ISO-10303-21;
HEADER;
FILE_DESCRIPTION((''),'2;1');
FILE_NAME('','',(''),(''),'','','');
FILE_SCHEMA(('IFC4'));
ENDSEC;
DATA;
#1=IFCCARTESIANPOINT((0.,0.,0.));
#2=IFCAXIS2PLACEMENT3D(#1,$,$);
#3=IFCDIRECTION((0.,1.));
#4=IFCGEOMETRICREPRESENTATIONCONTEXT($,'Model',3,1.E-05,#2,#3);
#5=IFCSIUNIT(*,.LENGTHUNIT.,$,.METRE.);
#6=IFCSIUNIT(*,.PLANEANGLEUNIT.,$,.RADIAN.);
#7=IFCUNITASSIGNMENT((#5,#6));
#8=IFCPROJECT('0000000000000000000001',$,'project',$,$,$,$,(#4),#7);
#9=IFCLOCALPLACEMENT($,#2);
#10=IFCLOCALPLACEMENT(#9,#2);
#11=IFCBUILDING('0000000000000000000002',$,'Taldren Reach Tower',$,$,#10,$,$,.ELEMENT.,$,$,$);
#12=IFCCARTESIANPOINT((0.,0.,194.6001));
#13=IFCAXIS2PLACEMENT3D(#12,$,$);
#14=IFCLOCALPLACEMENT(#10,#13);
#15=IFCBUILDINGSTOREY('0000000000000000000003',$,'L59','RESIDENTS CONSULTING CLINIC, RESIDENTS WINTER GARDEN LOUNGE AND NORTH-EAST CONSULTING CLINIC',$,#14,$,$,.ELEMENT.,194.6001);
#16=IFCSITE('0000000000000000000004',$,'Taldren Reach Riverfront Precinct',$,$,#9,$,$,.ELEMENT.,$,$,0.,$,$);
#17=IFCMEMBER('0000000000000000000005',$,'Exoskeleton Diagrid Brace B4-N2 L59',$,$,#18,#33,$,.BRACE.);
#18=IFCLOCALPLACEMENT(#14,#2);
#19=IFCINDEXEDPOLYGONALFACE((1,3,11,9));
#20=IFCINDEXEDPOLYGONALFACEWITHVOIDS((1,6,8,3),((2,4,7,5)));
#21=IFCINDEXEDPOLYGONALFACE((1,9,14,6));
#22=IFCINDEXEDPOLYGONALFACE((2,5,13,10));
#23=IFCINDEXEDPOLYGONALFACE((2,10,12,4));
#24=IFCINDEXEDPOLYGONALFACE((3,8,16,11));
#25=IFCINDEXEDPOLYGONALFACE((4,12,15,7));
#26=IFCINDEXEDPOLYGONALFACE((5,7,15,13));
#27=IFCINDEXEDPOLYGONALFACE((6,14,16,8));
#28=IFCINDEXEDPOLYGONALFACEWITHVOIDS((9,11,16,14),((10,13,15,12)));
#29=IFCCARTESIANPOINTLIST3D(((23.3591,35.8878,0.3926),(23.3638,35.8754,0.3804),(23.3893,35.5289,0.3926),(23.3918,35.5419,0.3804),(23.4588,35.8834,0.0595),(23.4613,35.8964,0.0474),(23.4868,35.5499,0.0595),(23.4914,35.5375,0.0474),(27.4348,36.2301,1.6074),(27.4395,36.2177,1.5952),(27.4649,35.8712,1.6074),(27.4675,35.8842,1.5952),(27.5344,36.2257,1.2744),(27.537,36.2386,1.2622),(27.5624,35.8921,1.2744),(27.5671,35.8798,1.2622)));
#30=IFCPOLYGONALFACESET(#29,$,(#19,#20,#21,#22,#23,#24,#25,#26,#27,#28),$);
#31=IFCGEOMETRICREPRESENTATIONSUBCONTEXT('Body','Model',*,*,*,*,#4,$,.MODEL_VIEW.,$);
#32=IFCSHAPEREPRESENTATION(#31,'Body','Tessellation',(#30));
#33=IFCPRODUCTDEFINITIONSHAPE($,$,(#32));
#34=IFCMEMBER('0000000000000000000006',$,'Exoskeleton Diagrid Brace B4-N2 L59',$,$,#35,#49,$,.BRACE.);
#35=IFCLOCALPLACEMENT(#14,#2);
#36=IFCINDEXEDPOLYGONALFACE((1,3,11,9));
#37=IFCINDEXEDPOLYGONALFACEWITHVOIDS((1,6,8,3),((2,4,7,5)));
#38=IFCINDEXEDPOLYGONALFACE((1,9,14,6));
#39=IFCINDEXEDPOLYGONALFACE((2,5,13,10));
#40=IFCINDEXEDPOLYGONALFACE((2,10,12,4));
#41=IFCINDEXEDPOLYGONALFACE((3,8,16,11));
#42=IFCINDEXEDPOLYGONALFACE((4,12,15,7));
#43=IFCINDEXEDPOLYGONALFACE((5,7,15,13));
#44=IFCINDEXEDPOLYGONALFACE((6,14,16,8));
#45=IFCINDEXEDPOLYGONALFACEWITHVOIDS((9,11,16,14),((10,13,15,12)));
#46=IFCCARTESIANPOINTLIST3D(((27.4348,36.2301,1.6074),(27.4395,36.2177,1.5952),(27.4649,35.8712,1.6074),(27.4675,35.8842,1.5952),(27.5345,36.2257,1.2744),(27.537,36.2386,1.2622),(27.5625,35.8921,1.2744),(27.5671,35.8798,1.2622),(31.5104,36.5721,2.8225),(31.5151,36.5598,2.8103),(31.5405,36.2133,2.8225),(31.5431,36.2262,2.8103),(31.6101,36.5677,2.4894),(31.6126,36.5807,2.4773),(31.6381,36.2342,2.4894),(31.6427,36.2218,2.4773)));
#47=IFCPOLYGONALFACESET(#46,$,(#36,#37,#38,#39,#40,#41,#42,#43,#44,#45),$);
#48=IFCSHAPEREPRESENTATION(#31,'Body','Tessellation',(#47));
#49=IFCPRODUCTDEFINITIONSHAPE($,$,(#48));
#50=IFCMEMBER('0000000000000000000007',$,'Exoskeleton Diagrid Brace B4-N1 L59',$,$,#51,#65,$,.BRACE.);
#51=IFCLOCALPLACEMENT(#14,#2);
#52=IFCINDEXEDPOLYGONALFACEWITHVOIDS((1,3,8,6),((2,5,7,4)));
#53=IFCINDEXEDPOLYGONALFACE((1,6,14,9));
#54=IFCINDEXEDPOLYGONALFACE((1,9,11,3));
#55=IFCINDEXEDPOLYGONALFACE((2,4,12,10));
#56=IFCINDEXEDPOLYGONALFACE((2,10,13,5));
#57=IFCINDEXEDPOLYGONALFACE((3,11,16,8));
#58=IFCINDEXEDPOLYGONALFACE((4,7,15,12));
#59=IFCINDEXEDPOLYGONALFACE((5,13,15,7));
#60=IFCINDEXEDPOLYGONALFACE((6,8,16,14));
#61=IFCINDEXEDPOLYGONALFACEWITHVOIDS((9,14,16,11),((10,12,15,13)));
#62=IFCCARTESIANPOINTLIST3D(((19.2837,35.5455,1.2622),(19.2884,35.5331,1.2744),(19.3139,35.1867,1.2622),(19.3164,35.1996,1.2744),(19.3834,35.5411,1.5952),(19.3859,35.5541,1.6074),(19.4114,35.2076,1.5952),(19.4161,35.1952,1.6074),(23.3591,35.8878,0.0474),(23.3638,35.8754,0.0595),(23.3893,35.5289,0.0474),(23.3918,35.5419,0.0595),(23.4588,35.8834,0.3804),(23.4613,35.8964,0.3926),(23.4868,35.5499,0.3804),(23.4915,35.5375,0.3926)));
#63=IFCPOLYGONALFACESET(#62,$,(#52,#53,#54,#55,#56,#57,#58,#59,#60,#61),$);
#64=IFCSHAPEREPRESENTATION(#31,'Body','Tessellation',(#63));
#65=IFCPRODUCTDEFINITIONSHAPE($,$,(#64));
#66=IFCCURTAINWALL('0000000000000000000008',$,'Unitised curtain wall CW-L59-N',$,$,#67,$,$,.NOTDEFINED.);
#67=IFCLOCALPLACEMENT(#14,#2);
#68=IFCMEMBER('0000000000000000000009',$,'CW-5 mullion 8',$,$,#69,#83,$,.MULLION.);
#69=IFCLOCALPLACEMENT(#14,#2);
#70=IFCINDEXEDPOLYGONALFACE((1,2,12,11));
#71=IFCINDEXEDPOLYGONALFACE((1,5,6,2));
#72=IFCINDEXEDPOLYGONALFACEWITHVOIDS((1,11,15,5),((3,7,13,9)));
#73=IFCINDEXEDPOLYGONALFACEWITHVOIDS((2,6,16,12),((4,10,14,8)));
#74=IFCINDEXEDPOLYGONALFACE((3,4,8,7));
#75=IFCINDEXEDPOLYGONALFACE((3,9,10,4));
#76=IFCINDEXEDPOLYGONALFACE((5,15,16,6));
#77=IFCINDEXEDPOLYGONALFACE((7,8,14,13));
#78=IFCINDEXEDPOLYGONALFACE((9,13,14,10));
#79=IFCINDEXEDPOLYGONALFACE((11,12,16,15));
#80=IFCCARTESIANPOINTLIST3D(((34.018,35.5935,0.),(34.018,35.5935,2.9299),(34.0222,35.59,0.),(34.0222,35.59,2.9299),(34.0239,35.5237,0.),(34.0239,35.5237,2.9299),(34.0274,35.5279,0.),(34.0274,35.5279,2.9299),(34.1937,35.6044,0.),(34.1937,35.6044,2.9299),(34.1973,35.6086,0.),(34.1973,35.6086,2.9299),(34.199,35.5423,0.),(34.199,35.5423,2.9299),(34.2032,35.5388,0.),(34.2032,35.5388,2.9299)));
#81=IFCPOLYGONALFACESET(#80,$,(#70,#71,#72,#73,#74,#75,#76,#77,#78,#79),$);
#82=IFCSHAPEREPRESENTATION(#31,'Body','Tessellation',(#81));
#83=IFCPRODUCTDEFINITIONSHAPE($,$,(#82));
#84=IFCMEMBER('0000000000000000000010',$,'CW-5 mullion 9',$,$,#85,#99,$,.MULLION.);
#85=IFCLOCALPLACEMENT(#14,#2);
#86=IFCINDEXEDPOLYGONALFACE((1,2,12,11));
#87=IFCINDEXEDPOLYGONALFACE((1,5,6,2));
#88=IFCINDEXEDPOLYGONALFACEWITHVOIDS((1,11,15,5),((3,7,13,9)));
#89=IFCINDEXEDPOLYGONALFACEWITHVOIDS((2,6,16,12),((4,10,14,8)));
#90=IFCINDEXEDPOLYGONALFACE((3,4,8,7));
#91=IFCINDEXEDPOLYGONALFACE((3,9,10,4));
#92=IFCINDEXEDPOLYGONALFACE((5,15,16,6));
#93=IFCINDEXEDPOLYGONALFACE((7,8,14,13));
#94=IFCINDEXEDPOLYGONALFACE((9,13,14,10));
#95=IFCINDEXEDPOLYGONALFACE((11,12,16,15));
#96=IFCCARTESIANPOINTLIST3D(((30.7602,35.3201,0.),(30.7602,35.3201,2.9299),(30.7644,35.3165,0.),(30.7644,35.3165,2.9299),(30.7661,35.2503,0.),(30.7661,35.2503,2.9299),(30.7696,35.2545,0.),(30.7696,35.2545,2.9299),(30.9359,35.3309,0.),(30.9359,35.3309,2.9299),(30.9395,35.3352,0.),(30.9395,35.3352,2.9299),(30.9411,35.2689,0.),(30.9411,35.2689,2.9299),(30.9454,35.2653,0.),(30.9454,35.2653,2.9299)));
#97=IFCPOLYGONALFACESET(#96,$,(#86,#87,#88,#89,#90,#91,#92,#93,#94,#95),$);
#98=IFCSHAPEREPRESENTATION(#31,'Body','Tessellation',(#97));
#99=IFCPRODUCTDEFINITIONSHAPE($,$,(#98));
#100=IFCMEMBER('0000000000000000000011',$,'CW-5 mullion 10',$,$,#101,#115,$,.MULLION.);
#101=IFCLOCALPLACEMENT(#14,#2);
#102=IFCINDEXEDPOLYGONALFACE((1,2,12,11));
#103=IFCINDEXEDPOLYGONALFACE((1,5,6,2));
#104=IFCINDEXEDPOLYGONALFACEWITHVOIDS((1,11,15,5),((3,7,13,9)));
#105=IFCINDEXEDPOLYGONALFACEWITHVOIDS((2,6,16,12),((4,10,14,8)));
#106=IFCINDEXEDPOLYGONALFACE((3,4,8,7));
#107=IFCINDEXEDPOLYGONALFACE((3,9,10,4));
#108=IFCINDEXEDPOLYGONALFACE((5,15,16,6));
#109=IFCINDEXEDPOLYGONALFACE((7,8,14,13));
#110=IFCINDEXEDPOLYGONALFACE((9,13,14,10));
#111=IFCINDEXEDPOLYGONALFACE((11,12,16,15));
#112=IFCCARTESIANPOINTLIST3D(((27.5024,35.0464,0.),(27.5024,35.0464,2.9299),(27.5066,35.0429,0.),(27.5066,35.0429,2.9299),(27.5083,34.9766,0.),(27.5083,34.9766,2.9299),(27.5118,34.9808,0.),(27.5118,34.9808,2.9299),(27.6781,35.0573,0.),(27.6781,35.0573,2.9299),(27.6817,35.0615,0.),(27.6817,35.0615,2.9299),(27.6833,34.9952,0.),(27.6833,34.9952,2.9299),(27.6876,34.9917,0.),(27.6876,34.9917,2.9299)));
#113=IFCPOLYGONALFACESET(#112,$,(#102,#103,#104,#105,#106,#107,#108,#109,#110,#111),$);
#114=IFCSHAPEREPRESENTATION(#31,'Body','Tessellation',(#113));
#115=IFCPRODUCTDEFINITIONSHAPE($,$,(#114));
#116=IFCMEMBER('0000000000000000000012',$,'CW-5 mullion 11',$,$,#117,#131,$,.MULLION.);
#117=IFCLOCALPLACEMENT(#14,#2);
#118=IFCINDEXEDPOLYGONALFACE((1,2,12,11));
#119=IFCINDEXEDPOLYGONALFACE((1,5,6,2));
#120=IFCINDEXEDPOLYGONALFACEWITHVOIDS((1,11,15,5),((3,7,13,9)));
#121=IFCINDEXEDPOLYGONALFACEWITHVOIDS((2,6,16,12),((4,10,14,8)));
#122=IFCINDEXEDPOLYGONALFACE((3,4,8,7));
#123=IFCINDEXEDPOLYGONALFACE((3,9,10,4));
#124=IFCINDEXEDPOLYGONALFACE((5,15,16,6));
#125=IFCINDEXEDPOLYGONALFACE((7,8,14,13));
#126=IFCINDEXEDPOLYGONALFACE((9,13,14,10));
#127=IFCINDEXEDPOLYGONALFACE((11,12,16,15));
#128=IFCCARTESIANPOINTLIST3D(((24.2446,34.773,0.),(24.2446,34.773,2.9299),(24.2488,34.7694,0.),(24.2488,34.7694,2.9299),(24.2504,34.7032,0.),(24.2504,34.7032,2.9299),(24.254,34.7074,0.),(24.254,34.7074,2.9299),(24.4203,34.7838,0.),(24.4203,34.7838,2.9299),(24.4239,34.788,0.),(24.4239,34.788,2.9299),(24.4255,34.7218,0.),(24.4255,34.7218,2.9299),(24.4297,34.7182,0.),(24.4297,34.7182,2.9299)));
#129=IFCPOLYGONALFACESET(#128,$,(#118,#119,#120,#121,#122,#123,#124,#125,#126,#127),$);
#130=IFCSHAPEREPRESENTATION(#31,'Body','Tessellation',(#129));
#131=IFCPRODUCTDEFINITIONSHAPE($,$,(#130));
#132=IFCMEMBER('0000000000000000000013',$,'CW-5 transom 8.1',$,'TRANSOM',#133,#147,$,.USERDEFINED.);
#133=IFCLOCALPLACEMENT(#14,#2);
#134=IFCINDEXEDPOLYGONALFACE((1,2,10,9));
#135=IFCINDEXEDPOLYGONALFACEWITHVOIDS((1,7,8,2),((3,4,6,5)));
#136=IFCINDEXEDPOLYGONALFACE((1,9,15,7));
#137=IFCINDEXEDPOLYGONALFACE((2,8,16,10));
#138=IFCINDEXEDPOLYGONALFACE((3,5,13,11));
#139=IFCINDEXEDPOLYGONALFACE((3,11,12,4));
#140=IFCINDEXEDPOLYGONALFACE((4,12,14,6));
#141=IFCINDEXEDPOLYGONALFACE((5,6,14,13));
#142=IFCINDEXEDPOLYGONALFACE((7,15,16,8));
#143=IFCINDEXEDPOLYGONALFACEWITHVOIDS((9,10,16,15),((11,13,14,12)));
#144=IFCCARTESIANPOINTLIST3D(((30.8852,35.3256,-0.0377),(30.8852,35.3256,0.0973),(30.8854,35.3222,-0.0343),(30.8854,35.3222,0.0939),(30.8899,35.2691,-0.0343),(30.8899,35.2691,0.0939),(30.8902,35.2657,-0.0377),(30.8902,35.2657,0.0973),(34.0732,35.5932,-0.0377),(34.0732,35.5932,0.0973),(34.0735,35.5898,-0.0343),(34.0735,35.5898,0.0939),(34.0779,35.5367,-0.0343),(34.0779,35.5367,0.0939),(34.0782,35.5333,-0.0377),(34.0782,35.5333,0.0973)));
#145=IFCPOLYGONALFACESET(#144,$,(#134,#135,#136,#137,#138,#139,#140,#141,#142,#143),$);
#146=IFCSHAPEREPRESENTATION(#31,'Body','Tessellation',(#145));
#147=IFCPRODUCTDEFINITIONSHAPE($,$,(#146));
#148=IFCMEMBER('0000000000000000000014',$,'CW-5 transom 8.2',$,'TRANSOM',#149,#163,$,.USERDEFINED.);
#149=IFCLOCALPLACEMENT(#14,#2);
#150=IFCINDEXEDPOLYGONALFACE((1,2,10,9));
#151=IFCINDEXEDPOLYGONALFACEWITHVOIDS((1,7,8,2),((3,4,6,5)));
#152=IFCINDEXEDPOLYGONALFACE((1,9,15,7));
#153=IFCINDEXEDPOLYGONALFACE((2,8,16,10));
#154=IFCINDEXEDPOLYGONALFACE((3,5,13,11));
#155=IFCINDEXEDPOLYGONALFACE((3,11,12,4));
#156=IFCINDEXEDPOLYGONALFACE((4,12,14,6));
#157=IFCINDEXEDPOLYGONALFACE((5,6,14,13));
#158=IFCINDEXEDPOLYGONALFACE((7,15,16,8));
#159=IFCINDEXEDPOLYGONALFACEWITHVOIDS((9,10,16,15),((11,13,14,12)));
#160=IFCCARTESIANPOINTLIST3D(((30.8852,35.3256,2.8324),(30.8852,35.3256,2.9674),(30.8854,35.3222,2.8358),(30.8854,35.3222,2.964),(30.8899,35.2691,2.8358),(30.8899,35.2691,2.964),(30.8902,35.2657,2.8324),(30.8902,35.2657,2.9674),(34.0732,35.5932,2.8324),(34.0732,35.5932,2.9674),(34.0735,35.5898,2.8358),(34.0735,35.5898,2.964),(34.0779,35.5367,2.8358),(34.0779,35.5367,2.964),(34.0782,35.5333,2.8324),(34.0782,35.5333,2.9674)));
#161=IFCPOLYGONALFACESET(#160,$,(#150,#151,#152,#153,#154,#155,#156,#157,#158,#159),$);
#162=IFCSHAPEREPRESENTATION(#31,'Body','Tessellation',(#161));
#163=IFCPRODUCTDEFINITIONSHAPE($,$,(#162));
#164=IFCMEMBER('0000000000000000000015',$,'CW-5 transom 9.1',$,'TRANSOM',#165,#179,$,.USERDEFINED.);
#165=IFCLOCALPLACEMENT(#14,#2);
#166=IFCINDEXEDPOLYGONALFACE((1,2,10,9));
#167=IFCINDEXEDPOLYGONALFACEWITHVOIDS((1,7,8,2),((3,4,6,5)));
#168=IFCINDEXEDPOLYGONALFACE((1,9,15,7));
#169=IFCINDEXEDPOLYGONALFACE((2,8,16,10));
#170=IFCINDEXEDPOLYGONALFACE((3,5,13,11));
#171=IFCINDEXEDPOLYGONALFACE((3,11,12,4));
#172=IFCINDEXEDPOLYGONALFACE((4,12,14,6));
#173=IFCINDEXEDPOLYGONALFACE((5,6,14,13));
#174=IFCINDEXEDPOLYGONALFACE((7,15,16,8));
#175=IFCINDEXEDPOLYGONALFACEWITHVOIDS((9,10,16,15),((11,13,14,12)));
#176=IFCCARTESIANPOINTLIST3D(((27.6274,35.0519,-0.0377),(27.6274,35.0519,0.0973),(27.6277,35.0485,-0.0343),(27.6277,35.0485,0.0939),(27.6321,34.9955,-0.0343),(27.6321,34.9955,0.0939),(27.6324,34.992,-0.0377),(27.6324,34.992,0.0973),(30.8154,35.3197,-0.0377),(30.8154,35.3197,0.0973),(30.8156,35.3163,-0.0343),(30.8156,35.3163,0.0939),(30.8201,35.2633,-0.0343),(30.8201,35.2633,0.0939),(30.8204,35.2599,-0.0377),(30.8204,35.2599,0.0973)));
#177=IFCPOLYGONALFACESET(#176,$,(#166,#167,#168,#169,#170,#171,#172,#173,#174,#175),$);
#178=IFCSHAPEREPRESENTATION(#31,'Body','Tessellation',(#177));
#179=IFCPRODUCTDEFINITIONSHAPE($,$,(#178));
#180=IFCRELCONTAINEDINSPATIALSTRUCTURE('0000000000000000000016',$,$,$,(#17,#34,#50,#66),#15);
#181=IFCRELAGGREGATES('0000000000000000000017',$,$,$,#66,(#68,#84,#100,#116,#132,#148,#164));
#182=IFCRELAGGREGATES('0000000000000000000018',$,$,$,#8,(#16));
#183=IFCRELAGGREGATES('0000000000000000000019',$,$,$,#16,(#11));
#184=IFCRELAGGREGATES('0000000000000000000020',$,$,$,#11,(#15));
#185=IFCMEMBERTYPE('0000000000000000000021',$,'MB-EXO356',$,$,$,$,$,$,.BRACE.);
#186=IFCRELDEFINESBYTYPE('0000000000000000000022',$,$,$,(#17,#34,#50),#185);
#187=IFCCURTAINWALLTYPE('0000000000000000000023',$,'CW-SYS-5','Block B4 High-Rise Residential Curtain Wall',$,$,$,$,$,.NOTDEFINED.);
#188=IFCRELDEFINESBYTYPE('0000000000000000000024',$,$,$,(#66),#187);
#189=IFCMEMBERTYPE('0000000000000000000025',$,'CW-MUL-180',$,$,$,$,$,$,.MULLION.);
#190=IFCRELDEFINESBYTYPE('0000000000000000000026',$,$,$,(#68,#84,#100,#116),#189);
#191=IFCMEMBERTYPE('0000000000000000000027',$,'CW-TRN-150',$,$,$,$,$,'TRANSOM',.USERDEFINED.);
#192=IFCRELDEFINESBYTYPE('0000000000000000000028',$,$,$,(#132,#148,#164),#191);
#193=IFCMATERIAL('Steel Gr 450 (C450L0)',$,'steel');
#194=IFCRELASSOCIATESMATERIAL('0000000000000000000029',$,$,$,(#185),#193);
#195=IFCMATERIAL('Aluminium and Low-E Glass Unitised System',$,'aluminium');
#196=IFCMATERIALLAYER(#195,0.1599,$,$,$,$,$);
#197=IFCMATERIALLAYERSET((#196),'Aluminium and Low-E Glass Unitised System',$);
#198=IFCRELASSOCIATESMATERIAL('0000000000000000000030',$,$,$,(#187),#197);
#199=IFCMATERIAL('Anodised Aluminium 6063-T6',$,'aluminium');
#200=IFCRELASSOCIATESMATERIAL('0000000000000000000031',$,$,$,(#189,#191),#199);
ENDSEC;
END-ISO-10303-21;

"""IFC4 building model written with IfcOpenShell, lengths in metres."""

from ifc_helpers import new_model, si_unit, direction, frame, origin, origin_2d, place, context, subcontext, project, spatial, hollow_rectangle, extrude, source, transform, mapped, material, layer, layer_set, material_profile, profile_set, type_object, element, aggregate, save


model = new_model("IFC4")

# Units and contexts
model_context = context("Model", 3, precision=1e-05, world=origin(), true_north=direction((0.0, 1.0)))
body_context = subcontext(model_context, "Body", "Model", "MODEL_VIEW")
ifc_project = project(units=[si_unit("LENGTHUNIT", "METRE"), si_unit("PLANEANGLEUNIT", "RADIAN")], contexts=[model_context])

# Site, building, storey
site_placement = place(None, origin())
site = spatial("IfcSite", under=ifc_project, at=site_placement, Name="Taldren Reach Riverfront Precinct", CompositionType="ELEMENT", RefElevation=0.0)
building_placement = place(site_placement, origin())
building = spatial("IfcBuilding", under=site, at=building_placement, Name="Taldren Reach Tower", CompositionType="ELEMENT")
storey_placement = place(building_placement, frame((0.0, 0.0, 194.6001)))
storey = spatial("IfcBuildingStorey", under=building, at=storey_placement, Name="L59", Description="RESIDENTS CONSULTING CLINIC, RESIDENTS WINTER GARDEN LOUNGE AND NORTH-EAST CONSULTING CLINIC", CompositionType="ELEMENT", Elevation=194.6001)

# Members
ifc_material_1 = material(Name="Steel Gr 450 (C450L0)", Category="steel")
ifc_material_profile_1 = material_profile(ifc_material_1, hollow_rectangle(XDim=0.3601, YDim=0.3601, WallThickness=0.0127, at=origin_2d()), Name="360x360x12.7SHS")
ifc_profile_set_1 = profile_set([ifc_material_profile_1], Name="Steel Gr 450 (C450L0)")
member_type_1 = type_object("IfcMemberType", Name="MB-EXO356", PredefinedType="BRACE", material=ifc_profile_set_1)
shared_shape_1 = source(origin(), body_context, "Body", "SweptSolid", [
    extrude(hollow_rectangle(XDim=0.3601, YDim=0.3601, WallThickness=0.0127, at=origin_2d()), origin(), (0.0, 0.0, 1.0), 4.2666),
])
for number, where, z_axis, x_axis, name in (
    (1, (23.4253, 35.7126, 0.22), (0.955245, 0.080224, 0.284731), (-0.083688, 0.996492, 0.0), "Exoskeleton Diagrid Brace B4-N2 L59"),
    (2, (27.501, 36.0549, 1.4348), (0.955234, 0.080165, 0.284785), (-0.083628, 0.996497, 0.0), "Exoskeleton Diagrid Brace B4-N2 L59"),
):
    element("IfcMember", number, at=place(storey_placement, frame(where, z_axis=z_axis, x_axis=x_axis)), inside=storey, type_object=member_type_1, Name=name, PredefinedType="BRACE", context=body_context, shape_type="MappedRepresentation", body=[
        mapped(shared_shape_1, transform((0.0, 0.0, 0.0), scale=1.0)),
    ])
shared_shape_2 = source(origin(), body_context, "Body", "SweptSolid", [
    extrude(hollow_rectangle(XDim=0.3601, YDim=0.3601, WallThickness=0.0127, at=origin_2d()), origin(), (0.0, 0.0, 1.0), 4.2664),
])
member_1_placement = place(storey_placement, frame((23.4253, 35.7126, 0.22), z_axis=(-0.95524, -0.080228, 0.284746), x_axis=(0.083693, -0.996492, 0.0)))
element("IfcMember", 3, at=member_1_placement, inside=storey, type_object=member_type_1, Name="Exoskeleton Diagrid Brace B4-N1 L59", PredefinedType="BRACE", context=body_context, shape_type="MappedRepresentation", body=[
    mapped(shared_shape_2, transform((0.0, 0.0, 0.0), scale=1.0)),
])

# Curtain wall, members
ifc_material_2 = material(Name="Aluminium and Low-E Glass Unitised System", Category="aluminium")
ifc_layer_1 = layer(ifc_material_2, 0.1599)
ifc_layer_set_1 = layer_set([ifc_layer_1], Name="Aluminium and Low-E Glass Unitised System")
curtain_wall_type = type_object("IfcCurtainWallType", Name="CW-SYS-5", Description="Block B4 High-Rise Residential Curtain Wall", PredefinedType="NOTDEFINED", material=ifc_layer_set_1)
curtain_wall_placement = place(storey_placement, origin())
curtain_wall = element("IfcCurtainWall", 4, at=curtain_wall_placement, inside=storey, type_object=curtain_wall_type, Name="Unitised curtain wall CW-L59-N", PredefinedType="NOTDEFINED")
ifc_material_3 = material(Name="Anodised Aluminium 6063-T6", Category="aluminium")
ifc_material_profile_2 = material_profile(ifc_material_3, hollow_rectangle(XDim=0.0701, YDim=0.1799, WallThickness=0.0039, at=origin_2d()), Name="ALU-180x70x4RHS")
ifc_profile_set_2 = profile_set([ifc_material_profile_2], Name="Anodised Aluminium 6063-T6")
member_type_2 = type_object("IfcMemberType", Name="CW-MUL-180", PredefinedType="MULLION", material=ifc_profile_set_2)
shared_shape_3 = source(origin(), body_context, "Body", "SweptSolid", [
    extrude(hollow_rectangle(XDim=0.0701, YDim=0.1799, WallThickness=0.0039, at=origin_2d()), origin(), (0.0, 0.0, 1.0), 2.9299),
])
member_2_placement = place(storey_placement, frame((34.1106, 35.5662, 0.0), z_axis=(0.0, 0.0, 1.0), x_axis=(0.083678, -0.996493, 0.0)))
member_2 = element("IfcMember", 5, at=member_2_placement, type_object=member_type_2, Name="CW-5 mullion 8", PredefinedType="MULLION", context=body_context, shape_type="MappedRepresentation", body=[
    mapped(shared_shape_3, transform((0.0, 0.0, 0.0), scale=1.0)),
])
member_3_placement = place(storey_placement, frame((30.8528, 35.2927, 0.0), z_axis=(0.0, 0.0, 1.0), x_axis=(0.083678, -0.996493, 0.0)))
member_3 = element("IfcMember", 6, at=member_3_placement, type_object=member_type_2, Name="CW-5 mullion 9", PredefinedType="MULLION", context=body_context, shape_type="MappedRepresentation", body=[
    mapped(shared_shape_3, transform((0.0, 0.0, 0.0), scale=1.0)),
])
member_4_placement = place(storey_placement, frame((27.595, 35.019, 0.0), z_axis=(0.0, 0.0, 1.0), x_axis=(0.083678, -0.996493, 0.0)))
member_4 = element("IfcMember", 7, at=member_4_placement, type_object=member_type_2, Name="CW-5 mullion 10", PredefinedType="MULLION", context=body_context, shape_type="MappedRepresentation", body=[
    mapped(shared_shape_3, transform((0.0, 0.0, 0.0), scale=1.0)),
])
member_5_placement = place(storey_placement, frame((24.3372, 34.7456, 0.0), z_axis=(0.0, 0.0, 1.0), x_axis=(0.083678, -0.996493, 0.0)))
member_5 = element("IfcMember", 8, at=member_5_placement, type_object=member_type_2, Name="CW-5 mullion 11", PredefinedType="MULLION", context=body_context, shape_type="MappedRepresentation", body=[
    mapped(shared_shape_3, transform((0.0, 0.0, 0.0), scale=1.0)),
])
ifc_material_profile_3 = material_profile(ifc_material_3, hollow_rectangle(XDim=0.0601, YDim=0.135, WallThickness=0.0034, at=origin_2d()), Name="ALU-135x60x3.5RHS")
ifc_profile_set_3 = profile_set([ifc_material_profile_3], Name="Anodised Aluminium 6063-T6")
member_type_3 = type_object("IfcMemberType", Name="CW-TRN-150", ElementType="TRANSOM", PredefinedType="USERDEFINED", material=ifc_profile_set_3)
shared_shape_4 = source(origin(), body_context, "Body", "SweptSolid", [
    extrude(hollow_rectangle(XDim=0.0601, YDim=0.135, WallThickness=0.0034, at=origin_2d()), origin(), (0.0, 0.0, 1.0), 3.1992),
])
member_6_placement = place(storey_placement, frame((34.0757, 35.5632, 0.0298), z_axis=(-0.996496, -0.083639, 0.0), x_axis=(0.083639, -0.996496, 0.0)))
member_6 = element("IfcMember", 9, at=member_6_placement, type_object=member_type_3, Name="CW-5 transom 8.1", ObjectType="TRANSOM", PredefinedType="USERDEFINED", context=body_context, shape_type="MappedRepresentation", body=[
    mapped(shared_shape_4, transform((0.0, 0.0, 0.0), scale=1.0)),
])
member_7_placement = place(storey_placement, frame((34.0757, 35.5632, 2.8999), z_axis=(-0.996496, -0.083639, 0.0), x_axis=(0.083639, -0.996496, 0.0)))
member_7 = element("IfcMember", 10, at=member_7_placement, type_object=member_type_3, Name="CW-5 transom 8.2", ObjectType="TRANSOM", PredefinedType="USERDEFINED", context=body_context, shape_type="MappedRepresentation", body=[
    mapped(shared_shape_4, transform((0.0, 0.0, 0.0), scale=1.0)),
])
member_8_placement = place(storey_placement, frame((30.8179, 35.2898, 0.0298), z_axis=(-0.99649, -0.083715, 0.0), x_axis=(0.083715, -0.99649, 0.0)))
member_8 = element("IfcMember", 11, at=member_8_placement, type_object=member_type_3, Name="CW-5 transom 9.1", ObjectType="TRANSOM", PredefinedType="USERDEFINED", context=body_context, shape_type="MappedRepresentation", body=[
    mapped(shared_shape_4, transform((0.0, 0.0, 0.0), scale=1.0)),
])

aggregate(curtain_wall, [member_2, member_3, member_4, member_5, member_6, member_7, member_8])

save(model, "model.ifc")
